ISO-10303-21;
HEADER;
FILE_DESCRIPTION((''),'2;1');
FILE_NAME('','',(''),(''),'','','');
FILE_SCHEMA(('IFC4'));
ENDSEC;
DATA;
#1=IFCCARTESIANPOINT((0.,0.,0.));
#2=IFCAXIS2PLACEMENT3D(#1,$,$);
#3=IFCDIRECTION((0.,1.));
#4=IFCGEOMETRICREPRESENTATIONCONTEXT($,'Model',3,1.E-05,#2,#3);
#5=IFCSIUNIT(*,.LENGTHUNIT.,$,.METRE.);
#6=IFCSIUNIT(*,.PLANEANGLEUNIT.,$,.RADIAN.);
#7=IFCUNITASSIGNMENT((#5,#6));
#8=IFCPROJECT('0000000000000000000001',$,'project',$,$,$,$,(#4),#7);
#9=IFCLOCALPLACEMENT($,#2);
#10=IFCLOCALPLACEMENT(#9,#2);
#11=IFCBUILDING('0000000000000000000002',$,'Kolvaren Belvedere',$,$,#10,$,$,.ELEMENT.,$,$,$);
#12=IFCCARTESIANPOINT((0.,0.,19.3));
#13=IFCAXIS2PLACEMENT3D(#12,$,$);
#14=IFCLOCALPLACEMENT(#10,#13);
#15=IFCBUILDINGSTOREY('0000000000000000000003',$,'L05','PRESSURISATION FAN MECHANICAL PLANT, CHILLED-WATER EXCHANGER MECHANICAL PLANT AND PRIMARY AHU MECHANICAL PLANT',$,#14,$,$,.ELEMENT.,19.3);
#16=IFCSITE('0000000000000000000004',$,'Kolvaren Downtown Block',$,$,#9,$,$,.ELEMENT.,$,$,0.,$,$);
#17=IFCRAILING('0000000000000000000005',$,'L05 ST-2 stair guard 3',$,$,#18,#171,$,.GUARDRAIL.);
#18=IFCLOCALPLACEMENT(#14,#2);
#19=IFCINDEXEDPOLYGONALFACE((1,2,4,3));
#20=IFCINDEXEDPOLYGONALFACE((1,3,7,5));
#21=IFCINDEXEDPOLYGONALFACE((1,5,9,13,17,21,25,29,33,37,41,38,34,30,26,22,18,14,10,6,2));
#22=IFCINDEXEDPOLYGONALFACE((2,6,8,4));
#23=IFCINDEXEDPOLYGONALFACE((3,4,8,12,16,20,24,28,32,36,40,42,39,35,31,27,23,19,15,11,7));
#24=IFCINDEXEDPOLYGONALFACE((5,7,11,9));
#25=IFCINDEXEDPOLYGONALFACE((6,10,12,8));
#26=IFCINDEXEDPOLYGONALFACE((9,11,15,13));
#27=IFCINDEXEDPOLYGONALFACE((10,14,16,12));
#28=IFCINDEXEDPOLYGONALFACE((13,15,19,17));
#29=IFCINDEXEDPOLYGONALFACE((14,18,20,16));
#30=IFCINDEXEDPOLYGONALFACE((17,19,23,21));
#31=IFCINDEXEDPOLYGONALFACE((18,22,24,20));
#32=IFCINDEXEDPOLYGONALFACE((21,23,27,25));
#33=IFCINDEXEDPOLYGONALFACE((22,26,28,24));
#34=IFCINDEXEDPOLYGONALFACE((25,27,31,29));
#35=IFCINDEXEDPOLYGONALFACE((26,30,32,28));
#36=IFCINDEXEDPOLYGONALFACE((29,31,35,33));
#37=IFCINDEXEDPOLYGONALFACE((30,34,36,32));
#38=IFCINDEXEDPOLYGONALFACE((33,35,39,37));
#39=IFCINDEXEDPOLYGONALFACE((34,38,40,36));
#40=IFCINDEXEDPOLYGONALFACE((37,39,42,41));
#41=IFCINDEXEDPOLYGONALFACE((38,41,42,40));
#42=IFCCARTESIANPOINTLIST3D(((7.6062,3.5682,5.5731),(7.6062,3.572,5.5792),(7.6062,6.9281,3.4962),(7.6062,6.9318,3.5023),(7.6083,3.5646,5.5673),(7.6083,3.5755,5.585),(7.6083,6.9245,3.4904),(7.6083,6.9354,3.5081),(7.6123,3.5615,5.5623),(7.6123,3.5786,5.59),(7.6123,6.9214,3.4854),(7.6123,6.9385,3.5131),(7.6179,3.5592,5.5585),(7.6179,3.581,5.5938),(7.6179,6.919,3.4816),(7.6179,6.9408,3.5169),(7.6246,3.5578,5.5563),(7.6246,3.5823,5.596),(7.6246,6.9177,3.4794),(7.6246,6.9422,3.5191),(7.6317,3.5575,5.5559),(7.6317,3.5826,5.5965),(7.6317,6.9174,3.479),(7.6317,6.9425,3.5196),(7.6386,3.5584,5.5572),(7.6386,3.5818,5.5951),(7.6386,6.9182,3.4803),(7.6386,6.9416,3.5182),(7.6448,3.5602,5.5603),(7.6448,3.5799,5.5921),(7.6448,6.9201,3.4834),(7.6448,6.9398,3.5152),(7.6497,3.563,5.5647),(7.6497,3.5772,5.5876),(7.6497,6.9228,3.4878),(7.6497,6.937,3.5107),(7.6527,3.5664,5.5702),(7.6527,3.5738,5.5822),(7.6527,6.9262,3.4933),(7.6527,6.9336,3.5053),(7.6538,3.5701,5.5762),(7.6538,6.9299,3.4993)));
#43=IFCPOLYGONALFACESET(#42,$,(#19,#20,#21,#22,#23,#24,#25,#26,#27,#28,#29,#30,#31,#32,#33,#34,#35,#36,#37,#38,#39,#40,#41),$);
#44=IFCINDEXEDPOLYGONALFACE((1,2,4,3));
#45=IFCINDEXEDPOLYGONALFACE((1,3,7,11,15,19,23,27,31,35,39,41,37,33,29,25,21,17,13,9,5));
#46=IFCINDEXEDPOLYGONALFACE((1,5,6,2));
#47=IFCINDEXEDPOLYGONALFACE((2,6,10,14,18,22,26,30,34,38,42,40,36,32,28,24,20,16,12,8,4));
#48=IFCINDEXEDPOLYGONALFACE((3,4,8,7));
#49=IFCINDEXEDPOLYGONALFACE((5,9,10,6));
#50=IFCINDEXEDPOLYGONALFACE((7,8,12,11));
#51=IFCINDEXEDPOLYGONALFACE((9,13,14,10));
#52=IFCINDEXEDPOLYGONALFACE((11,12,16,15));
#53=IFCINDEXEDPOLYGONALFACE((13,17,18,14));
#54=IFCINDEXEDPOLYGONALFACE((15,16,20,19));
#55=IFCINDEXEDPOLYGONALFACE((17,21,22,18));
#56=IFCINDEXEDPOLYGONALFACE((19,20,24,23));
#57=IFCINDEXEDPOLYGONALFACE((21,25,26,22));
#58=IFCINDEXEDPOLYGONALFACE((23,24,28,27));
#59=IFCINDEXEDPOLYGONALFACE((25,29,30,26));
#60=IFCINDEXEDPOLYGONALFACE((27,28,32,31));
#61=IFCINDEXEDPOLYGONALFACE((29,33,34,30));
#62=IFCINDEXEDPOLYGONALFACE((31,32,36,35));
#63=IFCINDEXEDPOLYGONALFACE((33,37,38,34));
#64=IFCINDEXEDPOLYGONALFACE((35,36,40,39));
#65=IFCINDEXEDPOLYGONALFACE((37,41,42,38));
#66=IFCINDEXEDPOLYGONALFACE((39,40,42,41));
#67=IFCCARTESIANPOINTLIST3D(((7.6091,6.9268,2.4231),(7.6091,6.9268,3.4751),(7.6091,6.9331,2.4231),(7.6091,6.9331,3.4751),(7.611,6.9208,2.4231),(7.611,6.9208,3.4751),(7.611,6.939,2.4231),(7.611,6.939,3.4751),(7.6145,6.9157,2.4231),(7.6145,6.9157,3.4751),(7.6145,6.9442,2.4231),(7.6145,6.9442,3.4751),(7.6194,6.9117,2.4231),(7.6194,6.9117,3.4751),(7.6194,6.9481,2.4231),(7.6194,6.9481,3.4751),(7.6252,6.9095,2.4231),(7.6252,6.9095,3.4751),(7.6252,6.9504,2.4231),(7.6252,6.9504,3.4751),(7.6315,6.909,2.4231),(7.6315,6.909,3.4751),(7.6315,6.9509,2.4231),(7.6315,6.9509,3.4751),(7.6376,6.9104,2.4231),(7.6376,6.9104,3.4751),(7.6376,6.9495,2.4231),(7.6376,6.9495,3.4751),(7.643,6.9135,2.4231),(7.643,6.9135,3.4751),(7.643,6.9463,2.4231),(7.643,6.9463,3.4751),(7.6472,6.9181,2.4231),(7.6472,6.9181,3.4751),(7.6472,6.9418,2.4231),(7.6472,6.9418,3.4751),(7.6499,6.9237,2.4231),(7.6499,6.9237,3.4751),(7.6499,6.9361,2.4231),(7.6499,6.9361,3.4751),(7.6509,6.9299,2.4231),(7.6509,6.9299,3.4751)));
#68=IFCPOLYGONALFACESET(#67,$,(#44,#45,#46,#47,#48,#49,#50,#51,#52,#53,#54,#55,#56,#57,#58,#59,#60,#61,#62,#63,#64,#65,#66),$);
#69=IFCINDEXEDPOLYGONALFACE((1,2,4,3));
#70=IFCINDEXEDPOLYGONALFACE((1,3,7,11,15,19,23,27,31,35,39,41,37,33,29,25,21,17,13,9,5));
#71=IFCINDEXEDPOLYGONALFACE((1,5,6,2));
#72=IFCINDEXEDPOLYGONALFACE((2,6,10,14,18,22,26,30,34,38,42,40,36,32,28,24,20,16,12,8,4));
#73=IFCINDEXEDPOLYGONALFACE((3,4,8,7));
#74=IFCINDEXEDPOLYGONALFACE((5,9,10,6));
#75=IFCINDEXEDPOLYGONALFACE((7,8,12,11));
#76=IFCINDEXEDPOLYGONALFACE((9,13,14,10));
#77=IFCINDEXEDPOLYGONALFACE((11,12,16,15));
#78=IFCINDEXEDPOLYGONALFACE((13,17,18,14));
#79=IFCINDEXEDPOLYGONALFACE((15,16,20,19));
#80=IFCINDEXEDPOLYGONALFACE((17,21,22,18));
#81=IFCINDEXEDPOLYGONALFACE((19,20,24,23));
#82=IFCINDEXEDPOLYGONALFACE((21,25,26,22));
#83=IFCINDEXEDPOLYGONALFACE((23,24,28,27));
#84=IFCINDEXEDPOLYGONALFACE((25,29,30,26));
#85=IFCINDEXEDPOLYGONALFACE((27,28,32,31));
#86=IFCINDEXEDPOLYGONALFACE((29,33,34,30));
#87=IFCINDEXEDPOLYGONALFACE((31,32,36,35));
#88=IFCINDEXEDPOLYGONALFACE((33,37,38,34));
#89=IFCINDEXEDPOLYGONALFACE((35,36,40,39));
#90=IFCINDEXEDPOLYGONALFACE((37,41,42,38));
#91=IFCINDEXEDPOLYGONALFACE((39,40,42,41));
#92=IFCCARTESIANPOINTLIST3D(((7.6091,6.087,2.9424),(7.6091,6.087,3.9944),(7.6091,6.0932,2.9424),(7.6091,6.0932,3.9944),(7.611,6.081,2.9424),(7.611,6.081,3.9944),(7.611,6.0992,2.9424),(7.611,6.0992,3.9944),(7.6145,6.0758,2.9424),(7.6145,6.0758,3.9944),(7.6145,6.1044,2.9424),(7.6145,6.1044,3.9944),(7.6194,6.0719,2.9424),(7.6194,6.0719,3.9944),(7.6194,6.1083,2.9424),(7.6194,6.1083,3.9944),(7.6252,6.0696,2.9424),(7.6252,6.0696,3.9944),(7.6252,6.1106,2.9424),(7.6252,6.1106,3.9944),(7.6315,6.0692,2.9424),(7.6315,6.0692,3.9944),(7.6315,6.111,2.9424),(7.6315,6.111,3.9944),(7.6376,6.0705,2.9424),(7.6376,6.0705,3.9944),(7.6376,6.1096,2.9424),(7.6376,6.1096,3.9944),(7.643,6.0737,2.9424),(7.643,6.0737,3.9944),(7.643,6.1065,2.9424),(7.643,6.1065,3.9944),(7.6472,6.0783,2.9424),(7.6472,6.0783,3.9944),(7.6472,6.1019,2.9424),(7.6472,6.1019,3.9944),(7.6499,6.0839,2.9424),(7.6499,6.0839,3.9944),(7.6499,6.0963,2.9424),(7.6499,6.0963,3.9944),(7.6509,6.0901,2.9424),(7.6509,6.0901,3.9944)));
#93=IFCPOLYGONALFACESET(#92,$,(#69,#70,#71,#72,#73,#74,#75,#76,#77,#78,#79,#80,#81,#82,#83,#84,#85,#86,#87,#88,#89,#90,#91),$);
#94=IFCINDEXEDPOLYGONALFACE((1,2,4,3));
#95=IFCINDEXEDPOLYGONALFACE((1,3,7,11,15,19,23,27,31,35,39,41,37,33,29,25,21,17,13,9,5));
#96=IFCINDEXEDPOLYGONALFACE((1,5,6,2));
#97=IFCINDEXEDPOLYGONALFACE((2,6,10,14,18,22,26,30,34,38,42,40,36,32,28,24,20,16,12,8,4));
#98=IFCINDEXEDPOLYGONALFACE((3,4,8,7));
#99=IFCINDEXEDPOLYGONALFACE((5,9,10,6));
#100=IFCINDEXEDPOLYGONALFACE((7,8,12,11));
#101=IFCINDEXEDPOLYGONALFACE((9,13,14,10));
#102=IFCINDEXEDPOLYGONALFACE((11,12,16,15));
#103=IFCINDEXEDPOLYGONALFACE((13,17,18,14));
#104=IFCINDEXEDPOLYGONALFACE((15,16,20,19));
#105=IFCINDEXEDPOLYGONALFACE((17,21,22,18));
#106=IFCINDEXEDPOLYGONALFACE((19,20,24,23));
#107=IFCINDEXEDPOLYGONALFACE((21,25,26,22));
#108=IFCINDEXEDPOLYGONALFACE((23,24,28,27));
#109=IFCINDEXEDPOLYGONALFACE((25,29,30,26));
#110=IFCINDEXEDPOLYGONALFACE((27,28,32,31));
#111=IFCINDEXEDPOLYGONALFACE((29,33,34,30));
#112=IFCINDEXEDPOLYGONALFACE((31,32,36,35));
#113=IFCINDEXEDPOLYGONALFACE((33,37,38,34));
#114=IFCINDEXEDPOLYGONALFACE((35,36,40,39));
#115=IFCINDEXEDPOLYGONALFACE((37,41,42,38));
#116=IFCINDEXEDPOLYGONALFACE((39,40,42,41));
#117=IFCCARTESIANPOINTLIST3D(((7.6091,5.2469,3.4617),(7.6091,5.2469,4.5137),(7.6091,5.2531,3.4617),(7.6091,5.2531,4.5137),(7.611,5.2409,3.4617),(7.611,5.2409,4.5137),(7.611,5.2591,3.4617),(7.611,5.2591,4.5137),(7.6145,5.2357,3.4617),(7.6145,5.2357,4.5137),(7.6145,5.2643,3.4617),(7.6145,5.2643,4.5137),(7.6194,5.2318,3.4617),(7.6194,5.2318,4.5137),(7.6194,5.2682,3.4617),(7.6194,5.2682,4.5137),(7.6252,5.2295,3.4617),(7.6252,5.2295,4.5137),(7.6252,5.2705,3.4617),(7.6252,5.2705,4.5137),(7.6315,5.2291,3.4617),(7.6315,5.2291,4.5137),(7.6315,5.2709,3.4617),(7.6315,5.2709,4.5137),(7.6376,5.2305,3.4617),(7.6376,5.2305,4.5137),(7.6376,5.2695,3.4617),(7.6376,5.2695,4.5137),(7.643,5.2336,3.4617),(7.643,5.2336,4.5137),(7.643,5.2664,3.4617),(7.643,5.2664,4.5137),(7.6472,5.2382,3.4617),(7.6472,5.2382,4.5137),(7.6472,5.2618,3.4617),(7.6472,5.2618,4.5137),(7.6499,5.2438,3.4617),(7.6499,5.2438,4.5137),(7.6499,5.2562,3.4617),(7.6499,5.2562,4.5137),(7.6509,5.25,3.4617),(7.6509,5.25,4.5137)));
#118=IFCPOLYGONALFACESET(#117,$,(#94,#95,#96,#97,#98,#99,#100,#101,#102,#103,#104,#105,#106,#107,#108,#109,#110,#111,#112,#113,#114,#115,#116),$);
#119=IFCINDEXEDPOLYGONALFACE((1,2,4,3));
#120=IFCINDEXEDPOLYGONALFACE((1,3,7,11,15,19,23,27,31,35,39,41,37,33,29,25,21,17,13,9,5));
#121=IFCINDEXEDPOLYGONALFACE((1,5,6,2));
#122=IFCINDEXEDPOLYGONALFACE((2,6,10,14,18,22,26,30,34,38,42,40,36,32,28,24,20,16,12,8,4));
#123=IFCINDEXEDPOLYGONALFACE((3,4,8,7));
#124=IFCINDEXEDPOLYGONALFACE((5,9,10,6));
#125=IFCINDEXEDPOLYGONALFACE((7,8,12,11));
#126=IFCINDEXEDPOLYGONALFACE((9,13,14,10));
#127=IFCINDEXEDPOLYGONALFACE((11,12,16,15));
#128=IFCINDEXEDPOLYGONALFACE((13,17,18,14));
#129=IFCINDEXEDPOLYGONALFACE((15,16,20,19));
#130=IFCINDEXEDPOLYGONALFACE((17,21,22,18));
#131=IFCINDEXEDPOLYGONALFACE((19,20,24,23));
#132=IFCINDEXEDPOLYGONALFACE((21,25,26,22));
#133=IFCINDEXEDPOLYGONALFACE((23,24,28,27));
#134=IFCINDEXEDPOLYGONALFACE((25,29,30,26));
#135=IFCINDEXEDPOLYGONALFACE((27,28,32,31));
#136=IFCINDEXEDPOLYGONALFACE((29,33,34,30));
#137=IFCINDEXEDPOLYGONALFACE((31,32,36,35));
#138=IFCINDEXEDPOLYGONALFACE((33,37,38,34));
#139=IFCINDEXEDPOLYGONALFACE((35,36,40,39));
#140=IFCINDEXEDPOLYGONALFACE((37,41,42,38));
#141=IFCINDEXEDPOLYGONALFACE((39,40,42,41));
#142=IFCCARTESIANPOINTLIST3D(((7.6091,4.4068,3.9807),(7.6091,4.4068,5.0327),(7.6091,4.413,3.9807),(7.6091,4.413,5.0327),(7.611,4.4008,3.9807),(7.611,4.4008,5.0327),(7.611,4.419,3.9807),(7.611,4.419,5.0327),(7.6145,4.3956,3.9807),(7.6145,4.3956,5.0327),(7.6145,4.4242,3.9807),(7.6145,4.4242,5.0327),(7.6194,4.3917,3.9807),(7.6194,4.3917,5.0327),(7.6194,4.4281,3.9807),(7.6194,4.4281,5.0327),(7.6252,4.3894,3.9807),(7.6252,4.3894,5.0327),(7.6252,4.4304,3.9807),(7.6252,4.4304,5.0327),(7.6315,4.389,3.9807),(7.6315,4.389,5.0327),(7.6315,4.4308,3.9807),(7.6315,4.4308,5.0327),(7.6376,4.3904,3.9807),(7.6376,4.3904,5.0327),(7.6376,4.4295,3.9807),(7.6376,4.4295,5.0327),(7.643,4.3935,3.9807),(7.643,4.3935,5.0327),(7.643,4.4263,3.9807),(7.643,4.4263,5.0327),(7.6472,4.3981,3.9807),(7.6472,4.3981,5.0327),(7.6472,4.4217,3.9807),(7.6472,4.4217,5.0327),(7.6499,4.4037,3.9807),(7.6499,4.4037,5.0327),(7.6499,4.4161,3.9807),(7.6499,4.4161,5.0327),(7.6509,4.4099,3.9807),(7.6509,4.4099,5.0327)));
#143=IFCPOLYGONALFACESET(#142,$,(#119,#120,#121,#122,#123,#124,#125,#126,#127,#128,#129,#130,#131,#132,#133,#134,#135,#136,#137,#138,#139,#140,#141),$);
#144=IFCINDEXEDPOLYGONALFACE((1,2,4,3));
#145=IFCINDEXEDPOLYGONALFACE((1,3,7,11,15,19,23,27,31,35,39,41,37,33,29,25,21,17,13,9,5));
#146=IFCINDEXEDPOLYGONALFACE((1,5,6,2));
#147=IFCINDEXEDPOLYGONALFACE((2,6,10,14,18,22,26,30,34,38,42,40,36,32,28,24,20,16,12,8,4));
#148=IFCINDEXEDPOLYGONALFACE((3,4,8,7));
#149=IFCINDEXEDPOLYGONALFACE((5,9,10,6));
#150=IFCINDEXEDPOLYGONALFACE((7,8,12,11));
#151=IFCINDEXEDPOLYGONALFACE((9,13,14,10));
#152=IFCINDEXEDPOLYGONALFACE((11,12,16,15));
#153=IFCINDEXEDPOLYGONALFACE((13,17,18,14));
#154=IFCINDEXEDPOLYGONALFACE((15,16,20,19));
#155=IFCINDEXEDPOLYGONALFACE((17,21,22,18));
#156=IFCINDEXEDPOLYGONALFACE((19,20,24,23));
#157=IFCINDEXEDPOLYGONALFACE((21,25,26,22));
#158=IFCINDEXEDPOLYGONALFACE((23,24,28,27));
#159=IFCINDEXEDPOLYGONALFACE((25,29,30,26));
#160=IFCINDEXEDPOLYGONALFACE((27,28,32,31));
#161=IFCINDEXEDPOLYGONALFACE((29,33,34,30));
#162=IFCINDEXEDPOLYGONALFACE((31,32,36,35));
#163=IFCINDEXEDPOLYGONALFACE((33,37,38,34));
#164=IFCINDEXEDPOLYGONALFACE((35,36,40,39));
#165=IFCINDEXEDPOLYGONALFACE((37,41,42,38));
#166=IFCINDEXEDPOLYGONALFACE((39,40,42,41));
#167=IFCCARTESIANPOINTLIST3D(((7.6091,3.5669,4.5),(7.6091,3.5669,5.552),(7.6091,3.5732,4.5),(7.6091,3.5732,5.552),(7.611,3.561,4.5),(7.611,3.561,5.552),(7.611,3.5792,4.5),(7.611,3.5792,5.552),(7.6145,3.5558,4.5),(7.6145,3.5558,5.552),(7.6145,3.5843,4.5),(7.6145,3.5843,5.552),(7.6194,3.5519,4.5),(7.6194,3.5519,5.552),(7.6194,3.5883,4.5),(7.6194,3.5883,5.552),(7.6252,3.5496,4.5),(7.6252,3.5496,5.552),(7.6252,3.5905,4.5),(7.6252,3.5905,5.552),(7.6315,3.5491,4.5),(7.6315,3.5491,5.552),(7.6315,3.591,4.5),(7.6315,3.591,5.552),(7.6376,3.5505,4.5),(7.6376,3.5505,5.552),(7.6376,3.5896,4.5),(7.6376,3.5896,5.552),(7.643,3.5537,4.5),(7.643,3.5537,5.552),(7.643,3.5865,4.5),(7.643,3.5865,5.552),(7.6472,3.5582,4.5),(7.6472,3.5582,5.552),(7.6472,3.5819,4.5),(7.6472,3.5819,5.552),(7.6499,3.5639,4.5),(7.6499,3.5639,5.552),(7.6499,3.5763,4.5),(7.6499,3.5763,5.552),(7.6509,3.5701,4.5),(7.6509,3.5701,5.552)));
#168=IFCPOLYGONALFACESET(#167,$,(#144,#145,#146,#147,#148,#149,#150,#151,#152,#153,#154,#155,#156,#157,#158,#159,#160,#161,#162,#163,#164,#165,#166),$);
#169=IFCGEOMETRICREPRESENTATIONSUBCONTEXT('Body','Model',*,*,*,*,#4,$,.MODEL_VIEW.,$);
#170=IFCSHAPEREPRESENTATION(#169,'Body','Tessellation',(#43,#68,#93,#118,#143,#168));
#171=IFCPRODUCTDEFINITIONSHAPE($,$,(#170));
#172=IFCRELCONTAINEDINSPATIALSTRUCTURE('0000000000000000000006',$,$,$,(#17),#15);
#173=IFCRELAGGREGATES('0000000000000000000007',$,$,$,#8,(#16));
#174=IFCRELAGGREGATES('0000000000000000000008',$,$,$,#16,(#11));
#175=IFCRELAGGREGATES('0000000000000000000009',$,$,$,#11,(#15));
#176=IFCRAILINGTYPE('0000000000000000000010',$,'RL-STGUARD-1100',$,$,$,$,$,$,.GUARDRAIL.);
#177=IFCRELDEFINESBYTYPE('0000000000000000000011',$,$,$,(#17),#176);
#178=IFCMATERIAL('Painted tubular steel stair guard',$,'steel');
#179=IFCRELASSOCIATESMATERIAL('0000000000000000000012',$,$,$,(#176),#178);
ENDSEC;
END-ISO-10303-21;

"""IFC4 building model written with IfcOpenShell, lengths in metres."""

from ifc_helpers import new_model, si_unit, direction, frame, origin, origin_2d, place, context, subcontext, project, spatial, circle, extrude, material, type_object, element, save


model = new_model("IFC4")

# Units and contexts
model_context = context("Model", 3, precision=1e-05, world=origin(), true_north=direction((0.0, 1.0)))
body_context = subcontext(model_context, "Body", "Model", "MODEL_VIEW")
ifc_project = project(units=[si_unit("LENGTHUNIT", "METRE"), si_unit("PLANEANGLEUNIT", "RADIAN")], contexts=[model_context])

# Site, building, storey
site_placement = place(None, origin())
site = spatial("IfcSite", under=ifc_project, at=site_placement, Name="Kolvaren Downtown Block", CompositionType="ELEMENT", RefElevation=0.0)
building_placement = place(site_placement, origin())
building = spatial("IfcBuilding", under=site, at=building_placement, Name="Kolvaren Belvedere", CompositionType="ELEMENT")
storey_placement = place(building_placement, frame((0.0, 0.0, 19.3)))
storey = spatial("IfcBuildingStorey", under=building, at=storey_placement, Name="L05", Description="PRESSURISATION FAN MECHANICAL PLANT, CHILLED-WATER EXCHANGER MECHANICAL PLANT AND PRIMARY AHU MECHANICAL PLANT", CompositionType="ELEMENT", Elevation=19.3)

# Railing
ifc_material_1 = material(Name="Painted tubular steel stair guard", Category="steel")
railing_type_1 = type_object("IfcRailingType", Name="RL-STGUARD-1100", PredefinedType="GUARDRAIL", material=ifc_material_1)
railing_1_placement = place(storey_placement, frame((7.6299, 6.9299, 2.4231)))
element("IfcRailing", 1, at=railing_1_placement, inside=storey, type_object=railing_type_1, Name="L05 ST-2 stair guard 3", PredefinedType="GUARDRAIL", context=body_context, shape_type="SweptSolid", body=[
    extrude(circle(Radius=0.0239, at=origin_2d()), frame((0.0, 0.0, 1.0762), z_axis=(0.0, -0.850606, 0.525803), x_axis=(1.0, 0.0, 0.0)), (0.0, 0.0, 1.0), 3.95),
    extrude(circle(Radius=0.021, at=origin_2d()), origin(), (0.0, 0.0, 1.0), 1.052),
    extrude(circle(Radius=0.021, at=origin_2d()), frame((0.0, -0.8398, 0.5193)), (0.0, 0.0, 1.0), 1.052),
    extrude(circle(Radius=0.021, at=origin_2d()), frame((0.0, -1.6799, 1.0386)), (0.0, 0.0, 1.0), 1.052),
    extrude(circle(Radius=0.021, at=origin_2d()), frame((0.0, -2.52, 1.5576)), (0.0, 0.0, 1.0), 1.052),
    extrude(circle(Radius=0.021, at=origin_2d()), frame((0.0, -3.3599, 2.0769)), (0.0, 0.0, 1.0), 1.052),
])

save(model, "model.ifc")
